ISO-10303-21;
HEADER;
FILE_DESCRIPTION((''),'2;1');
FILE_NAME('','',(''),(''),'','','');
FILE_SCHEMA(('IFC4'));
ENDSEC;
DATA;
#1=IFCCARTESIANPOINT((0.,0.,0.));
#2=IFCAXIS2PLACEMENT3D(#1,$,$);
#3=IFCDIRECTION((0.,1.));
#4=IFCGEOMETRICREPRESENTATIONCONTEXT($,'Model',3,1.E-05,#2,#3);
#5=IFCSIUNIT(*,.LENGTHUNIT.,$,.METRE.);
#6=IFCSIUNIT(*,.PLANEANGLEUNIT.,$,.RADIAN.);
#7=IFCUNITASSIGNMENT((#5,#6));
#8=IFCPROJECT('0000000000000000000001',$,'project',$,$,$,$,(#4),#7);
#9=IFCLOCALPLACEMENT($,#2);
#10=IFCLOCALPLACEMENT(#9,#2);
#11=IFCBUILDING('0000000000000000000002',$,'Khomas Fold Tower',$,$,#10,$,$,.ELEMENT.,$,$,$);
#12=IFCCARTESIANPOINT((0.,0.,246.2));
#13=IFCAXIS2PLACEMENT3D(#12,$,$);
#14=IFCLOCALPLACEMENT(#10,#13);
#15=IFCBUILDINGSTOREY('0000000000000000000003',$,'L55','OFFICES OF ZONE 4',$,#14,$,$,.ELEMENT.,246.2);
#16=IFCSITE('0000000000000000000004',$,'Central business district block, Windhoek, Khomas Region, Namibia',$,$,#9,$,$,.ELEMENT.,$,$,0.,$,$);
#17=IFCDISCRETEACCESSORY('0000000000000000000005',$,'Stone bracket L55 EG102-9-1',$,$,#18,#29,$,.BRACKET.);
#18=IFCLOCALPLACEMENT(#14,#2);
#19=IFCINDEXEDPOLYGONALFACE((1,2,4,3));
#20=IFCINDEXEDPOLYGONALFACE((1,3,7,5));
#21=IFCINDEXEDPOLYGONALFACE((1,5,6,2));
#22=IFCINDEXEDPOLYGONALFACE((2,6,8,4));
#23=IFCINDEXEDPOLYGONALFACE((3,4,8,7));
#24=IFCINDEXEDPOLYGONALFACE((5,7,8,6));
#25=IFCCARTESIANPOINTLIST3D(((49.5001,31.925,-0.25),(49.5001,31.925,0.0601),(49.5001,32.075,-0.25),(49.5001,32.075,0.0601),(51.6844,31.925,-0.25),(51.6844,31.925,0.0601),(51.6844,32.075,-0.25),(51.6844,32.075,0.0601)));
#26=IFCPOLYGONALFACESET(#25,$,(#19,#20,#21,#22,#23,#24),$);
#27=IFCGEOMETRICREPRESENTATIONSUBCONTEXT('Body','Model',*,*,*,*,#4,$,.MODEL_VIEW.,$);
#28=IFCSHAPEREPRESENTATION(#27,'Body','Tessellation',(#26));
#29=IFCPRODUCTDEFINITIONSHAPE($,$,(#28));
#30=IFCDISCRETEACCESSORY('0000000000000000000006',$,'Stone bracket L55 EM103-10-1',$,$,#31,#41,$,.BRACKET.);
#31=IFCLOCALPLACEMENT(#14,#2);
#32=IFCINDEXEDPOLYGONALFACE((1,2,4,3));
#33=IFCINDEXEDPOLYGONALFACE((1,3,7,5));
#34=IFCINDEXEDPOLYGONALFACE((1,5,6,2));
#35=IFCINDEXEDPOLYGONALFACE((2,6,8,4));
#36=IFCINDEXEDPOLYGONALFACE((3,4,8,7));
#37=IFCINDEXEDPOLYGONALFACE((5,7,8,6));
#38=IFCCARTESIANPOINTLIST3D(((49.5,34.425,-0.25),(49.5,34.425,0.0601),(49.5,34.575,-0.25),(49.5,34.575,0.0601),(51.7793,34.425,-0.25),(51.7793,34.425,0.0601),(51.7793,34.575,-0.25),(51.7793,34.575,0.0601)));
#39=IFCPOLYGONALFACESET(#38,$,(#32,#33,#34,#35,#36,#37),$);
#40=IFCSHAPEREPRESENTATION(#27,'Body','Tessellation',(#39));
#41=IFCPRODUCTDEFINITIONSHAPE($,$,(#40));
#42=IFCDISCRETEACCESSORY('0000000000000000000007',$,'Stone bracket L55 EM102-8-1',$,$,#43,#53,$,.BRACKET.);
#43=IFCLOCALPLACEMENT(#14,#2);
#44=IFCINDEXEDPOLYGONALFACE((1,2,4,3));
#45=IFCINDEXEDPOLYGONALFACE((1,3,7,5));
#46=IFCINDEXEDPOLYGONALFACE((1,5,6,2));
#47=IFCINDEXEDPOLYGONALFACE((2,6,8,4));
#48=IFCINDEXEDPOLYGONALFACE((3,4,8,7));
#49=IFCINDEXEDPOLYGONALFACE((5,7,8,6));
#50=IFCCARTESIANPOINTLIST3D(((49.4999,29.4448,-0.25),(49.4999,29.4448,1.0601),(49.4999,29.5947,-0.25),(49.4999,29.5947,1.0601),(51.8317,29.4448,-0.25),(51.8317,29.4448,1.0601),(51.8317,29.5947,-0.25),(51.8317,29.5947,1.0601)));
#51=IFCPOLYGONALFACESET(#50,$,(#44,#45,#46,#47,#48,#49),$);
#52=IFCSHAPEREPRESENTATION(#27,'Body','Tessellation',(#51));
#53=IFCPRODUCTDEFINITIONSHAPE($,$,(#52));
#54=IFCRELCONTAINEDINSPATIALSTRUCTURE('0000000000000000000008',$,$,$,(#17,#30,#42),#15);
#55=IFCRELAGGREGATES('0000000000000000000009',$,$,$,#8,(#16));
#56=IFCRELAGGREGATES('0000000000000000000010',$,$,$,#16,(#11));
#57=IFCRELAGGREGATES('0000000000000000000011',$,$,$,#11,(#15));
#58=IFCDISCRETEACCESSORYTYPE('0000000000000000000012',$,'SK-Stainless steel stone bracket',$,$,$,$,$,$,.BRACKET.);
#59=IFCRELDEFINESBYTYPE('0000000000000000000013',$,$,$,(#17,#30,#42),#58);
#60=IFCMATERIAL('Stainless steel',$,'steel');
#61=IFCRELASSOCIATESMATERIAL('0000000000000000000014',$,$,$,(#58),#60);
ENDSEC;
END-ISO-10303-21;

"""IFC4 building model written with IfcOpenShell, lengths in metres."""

from ifc_helpers import new_model, si_unit, direction, frame, origin, origin_2d, place, context, subcontext, project, spatial, rectangle, extrude, source, transform, mapped, material, type_object, element, save


model = new_model("IFC4")

# Units and contexts
model_context = context("Model", 3, precision=1e-05, world=origin(), true_north=direction((0.0, 1.0)))
body_context = subcontext(model_context, "Body", "Model", "MODEL_VIEW")
ifc_project = project(units=[si_unit("LENGTHUNIT", "METRE"), si_unit("PLANEANGLEUNIT", "RADIAN")], contexts=[model_context])

# Site, building, storey
site_placement = place(None, origin())
site = spatial("IfcSite", under=ifc_project, at=site_placement, Name="Central business district block, Windhoek, Khomas Region, Namibia", CompositionType="ELEMENT", RefElevation=0.0)
building_placement = place(site_placement, origin())
building = spatial("IfcBuilding", under=site, at=building_placement, Name="Khomas Fold Tower", CompositionType="ELEMENT")
storey_placement = place(building_placement, frame((0.0, 0.0, 246.2)))
storey = spatial("IfcBuildingStorey", under=building, at=storey_placement, Name="L55", Description="OFFICES OF ZONE 4", CompositionType="ELEMENT", Elevation=246.2)

# Discrete accessories
ifc_material_1 = material(Name="Stainless steel", Category="steel")
discrete_accessory_type = type_object("IfcDiscreteAccessoryType", Name="SK-Stainless steel stone bracket", PredefinedType="BRACKET", material=ifc_material_1)
shared_shape_1 = source(origin(), body_context, "Body", "SweptSolid", [
    extrude(rectangle(XDim=2.1843, YDim=0.1499, at=origin_2d()), origin(), (0.0, 0.0, 1.0), 0.3101),
])
discrete_accessory_1_placement = place(storey_placement, frame((50.5923, 32.0, -0.25), z_axis=(0.0, 0.0, 1.0), x_axis=(1.0, 0.0, 0.0)))
element("IfcDiscreteAccessory", 1, at=discrete_accessory_1_placement, inside=storey, type_object=discrete_accessory_type, Name="Stone bracket L55 EG102-9-1", PredefinedType="BRACKET", context=body_context, shape_type="MappedRepresentation", body=[
    mapped(shared_shape_1, transform((0.0, 0.0, 0.0))),
])
shared_shape_2 = source(origin(), body_context, "Body", "SweptSolid", [
    extrude(rectangle(XDim=2.2793, YDim=0.1499, at=origin_2d()), origin(), (0.0, 0.0, 1.0), 0.3101),
])
discrete_accessory_2_placement = place(storey_placement, frame((50.6396, 34.5, -0.25), z_axis=(0.0, 0.0, 1.0), x_axis=(1.0, 0.0, 0.0)))
element("IfcDiscreteAccessory", 2, at=discrete_accessory_2_placement, inside=storey, type_object=discrete_accessory_type, Name="Stone bracket L55 EM103-10-1", PredefinedType="BRACKET", context=body_context, shape_type="MappedRepresentation", body=[
    mapped(shared_shape_2, transform((0.0, 0.0, 0.0))),
])
shared_shape_3 = source(origin(), body_context, "Body", "SweptSolid", [
    extrude(rectangle(XDim=2.3318, YDim=0.1499, at=origin_2d()), origin(), (0.0, 0.0, 1.0), 1.3101),
])
discrete_accessory_3_placement = place(storey_placement, frame((50.6658, 29.5198, -0.25), z_axis=(0.0, 0.0, 1.0), x_axis=(1.0, 0.0, 0.0)))
element("IfcDiscreteAccessory", 3, at=discrete_accessory_3_placement, inside=storey, type_object=discrete_accessory_type, Name="Stone bracket L55 EM102-8-1", PredefinedType="BRACKET", context=body_context, shape_type="MappedRepresentation", body=[
    mapped(shared_shape_3, transform((0.0, 0.0, 0.0))),
])

save(model, "model.ifc")
